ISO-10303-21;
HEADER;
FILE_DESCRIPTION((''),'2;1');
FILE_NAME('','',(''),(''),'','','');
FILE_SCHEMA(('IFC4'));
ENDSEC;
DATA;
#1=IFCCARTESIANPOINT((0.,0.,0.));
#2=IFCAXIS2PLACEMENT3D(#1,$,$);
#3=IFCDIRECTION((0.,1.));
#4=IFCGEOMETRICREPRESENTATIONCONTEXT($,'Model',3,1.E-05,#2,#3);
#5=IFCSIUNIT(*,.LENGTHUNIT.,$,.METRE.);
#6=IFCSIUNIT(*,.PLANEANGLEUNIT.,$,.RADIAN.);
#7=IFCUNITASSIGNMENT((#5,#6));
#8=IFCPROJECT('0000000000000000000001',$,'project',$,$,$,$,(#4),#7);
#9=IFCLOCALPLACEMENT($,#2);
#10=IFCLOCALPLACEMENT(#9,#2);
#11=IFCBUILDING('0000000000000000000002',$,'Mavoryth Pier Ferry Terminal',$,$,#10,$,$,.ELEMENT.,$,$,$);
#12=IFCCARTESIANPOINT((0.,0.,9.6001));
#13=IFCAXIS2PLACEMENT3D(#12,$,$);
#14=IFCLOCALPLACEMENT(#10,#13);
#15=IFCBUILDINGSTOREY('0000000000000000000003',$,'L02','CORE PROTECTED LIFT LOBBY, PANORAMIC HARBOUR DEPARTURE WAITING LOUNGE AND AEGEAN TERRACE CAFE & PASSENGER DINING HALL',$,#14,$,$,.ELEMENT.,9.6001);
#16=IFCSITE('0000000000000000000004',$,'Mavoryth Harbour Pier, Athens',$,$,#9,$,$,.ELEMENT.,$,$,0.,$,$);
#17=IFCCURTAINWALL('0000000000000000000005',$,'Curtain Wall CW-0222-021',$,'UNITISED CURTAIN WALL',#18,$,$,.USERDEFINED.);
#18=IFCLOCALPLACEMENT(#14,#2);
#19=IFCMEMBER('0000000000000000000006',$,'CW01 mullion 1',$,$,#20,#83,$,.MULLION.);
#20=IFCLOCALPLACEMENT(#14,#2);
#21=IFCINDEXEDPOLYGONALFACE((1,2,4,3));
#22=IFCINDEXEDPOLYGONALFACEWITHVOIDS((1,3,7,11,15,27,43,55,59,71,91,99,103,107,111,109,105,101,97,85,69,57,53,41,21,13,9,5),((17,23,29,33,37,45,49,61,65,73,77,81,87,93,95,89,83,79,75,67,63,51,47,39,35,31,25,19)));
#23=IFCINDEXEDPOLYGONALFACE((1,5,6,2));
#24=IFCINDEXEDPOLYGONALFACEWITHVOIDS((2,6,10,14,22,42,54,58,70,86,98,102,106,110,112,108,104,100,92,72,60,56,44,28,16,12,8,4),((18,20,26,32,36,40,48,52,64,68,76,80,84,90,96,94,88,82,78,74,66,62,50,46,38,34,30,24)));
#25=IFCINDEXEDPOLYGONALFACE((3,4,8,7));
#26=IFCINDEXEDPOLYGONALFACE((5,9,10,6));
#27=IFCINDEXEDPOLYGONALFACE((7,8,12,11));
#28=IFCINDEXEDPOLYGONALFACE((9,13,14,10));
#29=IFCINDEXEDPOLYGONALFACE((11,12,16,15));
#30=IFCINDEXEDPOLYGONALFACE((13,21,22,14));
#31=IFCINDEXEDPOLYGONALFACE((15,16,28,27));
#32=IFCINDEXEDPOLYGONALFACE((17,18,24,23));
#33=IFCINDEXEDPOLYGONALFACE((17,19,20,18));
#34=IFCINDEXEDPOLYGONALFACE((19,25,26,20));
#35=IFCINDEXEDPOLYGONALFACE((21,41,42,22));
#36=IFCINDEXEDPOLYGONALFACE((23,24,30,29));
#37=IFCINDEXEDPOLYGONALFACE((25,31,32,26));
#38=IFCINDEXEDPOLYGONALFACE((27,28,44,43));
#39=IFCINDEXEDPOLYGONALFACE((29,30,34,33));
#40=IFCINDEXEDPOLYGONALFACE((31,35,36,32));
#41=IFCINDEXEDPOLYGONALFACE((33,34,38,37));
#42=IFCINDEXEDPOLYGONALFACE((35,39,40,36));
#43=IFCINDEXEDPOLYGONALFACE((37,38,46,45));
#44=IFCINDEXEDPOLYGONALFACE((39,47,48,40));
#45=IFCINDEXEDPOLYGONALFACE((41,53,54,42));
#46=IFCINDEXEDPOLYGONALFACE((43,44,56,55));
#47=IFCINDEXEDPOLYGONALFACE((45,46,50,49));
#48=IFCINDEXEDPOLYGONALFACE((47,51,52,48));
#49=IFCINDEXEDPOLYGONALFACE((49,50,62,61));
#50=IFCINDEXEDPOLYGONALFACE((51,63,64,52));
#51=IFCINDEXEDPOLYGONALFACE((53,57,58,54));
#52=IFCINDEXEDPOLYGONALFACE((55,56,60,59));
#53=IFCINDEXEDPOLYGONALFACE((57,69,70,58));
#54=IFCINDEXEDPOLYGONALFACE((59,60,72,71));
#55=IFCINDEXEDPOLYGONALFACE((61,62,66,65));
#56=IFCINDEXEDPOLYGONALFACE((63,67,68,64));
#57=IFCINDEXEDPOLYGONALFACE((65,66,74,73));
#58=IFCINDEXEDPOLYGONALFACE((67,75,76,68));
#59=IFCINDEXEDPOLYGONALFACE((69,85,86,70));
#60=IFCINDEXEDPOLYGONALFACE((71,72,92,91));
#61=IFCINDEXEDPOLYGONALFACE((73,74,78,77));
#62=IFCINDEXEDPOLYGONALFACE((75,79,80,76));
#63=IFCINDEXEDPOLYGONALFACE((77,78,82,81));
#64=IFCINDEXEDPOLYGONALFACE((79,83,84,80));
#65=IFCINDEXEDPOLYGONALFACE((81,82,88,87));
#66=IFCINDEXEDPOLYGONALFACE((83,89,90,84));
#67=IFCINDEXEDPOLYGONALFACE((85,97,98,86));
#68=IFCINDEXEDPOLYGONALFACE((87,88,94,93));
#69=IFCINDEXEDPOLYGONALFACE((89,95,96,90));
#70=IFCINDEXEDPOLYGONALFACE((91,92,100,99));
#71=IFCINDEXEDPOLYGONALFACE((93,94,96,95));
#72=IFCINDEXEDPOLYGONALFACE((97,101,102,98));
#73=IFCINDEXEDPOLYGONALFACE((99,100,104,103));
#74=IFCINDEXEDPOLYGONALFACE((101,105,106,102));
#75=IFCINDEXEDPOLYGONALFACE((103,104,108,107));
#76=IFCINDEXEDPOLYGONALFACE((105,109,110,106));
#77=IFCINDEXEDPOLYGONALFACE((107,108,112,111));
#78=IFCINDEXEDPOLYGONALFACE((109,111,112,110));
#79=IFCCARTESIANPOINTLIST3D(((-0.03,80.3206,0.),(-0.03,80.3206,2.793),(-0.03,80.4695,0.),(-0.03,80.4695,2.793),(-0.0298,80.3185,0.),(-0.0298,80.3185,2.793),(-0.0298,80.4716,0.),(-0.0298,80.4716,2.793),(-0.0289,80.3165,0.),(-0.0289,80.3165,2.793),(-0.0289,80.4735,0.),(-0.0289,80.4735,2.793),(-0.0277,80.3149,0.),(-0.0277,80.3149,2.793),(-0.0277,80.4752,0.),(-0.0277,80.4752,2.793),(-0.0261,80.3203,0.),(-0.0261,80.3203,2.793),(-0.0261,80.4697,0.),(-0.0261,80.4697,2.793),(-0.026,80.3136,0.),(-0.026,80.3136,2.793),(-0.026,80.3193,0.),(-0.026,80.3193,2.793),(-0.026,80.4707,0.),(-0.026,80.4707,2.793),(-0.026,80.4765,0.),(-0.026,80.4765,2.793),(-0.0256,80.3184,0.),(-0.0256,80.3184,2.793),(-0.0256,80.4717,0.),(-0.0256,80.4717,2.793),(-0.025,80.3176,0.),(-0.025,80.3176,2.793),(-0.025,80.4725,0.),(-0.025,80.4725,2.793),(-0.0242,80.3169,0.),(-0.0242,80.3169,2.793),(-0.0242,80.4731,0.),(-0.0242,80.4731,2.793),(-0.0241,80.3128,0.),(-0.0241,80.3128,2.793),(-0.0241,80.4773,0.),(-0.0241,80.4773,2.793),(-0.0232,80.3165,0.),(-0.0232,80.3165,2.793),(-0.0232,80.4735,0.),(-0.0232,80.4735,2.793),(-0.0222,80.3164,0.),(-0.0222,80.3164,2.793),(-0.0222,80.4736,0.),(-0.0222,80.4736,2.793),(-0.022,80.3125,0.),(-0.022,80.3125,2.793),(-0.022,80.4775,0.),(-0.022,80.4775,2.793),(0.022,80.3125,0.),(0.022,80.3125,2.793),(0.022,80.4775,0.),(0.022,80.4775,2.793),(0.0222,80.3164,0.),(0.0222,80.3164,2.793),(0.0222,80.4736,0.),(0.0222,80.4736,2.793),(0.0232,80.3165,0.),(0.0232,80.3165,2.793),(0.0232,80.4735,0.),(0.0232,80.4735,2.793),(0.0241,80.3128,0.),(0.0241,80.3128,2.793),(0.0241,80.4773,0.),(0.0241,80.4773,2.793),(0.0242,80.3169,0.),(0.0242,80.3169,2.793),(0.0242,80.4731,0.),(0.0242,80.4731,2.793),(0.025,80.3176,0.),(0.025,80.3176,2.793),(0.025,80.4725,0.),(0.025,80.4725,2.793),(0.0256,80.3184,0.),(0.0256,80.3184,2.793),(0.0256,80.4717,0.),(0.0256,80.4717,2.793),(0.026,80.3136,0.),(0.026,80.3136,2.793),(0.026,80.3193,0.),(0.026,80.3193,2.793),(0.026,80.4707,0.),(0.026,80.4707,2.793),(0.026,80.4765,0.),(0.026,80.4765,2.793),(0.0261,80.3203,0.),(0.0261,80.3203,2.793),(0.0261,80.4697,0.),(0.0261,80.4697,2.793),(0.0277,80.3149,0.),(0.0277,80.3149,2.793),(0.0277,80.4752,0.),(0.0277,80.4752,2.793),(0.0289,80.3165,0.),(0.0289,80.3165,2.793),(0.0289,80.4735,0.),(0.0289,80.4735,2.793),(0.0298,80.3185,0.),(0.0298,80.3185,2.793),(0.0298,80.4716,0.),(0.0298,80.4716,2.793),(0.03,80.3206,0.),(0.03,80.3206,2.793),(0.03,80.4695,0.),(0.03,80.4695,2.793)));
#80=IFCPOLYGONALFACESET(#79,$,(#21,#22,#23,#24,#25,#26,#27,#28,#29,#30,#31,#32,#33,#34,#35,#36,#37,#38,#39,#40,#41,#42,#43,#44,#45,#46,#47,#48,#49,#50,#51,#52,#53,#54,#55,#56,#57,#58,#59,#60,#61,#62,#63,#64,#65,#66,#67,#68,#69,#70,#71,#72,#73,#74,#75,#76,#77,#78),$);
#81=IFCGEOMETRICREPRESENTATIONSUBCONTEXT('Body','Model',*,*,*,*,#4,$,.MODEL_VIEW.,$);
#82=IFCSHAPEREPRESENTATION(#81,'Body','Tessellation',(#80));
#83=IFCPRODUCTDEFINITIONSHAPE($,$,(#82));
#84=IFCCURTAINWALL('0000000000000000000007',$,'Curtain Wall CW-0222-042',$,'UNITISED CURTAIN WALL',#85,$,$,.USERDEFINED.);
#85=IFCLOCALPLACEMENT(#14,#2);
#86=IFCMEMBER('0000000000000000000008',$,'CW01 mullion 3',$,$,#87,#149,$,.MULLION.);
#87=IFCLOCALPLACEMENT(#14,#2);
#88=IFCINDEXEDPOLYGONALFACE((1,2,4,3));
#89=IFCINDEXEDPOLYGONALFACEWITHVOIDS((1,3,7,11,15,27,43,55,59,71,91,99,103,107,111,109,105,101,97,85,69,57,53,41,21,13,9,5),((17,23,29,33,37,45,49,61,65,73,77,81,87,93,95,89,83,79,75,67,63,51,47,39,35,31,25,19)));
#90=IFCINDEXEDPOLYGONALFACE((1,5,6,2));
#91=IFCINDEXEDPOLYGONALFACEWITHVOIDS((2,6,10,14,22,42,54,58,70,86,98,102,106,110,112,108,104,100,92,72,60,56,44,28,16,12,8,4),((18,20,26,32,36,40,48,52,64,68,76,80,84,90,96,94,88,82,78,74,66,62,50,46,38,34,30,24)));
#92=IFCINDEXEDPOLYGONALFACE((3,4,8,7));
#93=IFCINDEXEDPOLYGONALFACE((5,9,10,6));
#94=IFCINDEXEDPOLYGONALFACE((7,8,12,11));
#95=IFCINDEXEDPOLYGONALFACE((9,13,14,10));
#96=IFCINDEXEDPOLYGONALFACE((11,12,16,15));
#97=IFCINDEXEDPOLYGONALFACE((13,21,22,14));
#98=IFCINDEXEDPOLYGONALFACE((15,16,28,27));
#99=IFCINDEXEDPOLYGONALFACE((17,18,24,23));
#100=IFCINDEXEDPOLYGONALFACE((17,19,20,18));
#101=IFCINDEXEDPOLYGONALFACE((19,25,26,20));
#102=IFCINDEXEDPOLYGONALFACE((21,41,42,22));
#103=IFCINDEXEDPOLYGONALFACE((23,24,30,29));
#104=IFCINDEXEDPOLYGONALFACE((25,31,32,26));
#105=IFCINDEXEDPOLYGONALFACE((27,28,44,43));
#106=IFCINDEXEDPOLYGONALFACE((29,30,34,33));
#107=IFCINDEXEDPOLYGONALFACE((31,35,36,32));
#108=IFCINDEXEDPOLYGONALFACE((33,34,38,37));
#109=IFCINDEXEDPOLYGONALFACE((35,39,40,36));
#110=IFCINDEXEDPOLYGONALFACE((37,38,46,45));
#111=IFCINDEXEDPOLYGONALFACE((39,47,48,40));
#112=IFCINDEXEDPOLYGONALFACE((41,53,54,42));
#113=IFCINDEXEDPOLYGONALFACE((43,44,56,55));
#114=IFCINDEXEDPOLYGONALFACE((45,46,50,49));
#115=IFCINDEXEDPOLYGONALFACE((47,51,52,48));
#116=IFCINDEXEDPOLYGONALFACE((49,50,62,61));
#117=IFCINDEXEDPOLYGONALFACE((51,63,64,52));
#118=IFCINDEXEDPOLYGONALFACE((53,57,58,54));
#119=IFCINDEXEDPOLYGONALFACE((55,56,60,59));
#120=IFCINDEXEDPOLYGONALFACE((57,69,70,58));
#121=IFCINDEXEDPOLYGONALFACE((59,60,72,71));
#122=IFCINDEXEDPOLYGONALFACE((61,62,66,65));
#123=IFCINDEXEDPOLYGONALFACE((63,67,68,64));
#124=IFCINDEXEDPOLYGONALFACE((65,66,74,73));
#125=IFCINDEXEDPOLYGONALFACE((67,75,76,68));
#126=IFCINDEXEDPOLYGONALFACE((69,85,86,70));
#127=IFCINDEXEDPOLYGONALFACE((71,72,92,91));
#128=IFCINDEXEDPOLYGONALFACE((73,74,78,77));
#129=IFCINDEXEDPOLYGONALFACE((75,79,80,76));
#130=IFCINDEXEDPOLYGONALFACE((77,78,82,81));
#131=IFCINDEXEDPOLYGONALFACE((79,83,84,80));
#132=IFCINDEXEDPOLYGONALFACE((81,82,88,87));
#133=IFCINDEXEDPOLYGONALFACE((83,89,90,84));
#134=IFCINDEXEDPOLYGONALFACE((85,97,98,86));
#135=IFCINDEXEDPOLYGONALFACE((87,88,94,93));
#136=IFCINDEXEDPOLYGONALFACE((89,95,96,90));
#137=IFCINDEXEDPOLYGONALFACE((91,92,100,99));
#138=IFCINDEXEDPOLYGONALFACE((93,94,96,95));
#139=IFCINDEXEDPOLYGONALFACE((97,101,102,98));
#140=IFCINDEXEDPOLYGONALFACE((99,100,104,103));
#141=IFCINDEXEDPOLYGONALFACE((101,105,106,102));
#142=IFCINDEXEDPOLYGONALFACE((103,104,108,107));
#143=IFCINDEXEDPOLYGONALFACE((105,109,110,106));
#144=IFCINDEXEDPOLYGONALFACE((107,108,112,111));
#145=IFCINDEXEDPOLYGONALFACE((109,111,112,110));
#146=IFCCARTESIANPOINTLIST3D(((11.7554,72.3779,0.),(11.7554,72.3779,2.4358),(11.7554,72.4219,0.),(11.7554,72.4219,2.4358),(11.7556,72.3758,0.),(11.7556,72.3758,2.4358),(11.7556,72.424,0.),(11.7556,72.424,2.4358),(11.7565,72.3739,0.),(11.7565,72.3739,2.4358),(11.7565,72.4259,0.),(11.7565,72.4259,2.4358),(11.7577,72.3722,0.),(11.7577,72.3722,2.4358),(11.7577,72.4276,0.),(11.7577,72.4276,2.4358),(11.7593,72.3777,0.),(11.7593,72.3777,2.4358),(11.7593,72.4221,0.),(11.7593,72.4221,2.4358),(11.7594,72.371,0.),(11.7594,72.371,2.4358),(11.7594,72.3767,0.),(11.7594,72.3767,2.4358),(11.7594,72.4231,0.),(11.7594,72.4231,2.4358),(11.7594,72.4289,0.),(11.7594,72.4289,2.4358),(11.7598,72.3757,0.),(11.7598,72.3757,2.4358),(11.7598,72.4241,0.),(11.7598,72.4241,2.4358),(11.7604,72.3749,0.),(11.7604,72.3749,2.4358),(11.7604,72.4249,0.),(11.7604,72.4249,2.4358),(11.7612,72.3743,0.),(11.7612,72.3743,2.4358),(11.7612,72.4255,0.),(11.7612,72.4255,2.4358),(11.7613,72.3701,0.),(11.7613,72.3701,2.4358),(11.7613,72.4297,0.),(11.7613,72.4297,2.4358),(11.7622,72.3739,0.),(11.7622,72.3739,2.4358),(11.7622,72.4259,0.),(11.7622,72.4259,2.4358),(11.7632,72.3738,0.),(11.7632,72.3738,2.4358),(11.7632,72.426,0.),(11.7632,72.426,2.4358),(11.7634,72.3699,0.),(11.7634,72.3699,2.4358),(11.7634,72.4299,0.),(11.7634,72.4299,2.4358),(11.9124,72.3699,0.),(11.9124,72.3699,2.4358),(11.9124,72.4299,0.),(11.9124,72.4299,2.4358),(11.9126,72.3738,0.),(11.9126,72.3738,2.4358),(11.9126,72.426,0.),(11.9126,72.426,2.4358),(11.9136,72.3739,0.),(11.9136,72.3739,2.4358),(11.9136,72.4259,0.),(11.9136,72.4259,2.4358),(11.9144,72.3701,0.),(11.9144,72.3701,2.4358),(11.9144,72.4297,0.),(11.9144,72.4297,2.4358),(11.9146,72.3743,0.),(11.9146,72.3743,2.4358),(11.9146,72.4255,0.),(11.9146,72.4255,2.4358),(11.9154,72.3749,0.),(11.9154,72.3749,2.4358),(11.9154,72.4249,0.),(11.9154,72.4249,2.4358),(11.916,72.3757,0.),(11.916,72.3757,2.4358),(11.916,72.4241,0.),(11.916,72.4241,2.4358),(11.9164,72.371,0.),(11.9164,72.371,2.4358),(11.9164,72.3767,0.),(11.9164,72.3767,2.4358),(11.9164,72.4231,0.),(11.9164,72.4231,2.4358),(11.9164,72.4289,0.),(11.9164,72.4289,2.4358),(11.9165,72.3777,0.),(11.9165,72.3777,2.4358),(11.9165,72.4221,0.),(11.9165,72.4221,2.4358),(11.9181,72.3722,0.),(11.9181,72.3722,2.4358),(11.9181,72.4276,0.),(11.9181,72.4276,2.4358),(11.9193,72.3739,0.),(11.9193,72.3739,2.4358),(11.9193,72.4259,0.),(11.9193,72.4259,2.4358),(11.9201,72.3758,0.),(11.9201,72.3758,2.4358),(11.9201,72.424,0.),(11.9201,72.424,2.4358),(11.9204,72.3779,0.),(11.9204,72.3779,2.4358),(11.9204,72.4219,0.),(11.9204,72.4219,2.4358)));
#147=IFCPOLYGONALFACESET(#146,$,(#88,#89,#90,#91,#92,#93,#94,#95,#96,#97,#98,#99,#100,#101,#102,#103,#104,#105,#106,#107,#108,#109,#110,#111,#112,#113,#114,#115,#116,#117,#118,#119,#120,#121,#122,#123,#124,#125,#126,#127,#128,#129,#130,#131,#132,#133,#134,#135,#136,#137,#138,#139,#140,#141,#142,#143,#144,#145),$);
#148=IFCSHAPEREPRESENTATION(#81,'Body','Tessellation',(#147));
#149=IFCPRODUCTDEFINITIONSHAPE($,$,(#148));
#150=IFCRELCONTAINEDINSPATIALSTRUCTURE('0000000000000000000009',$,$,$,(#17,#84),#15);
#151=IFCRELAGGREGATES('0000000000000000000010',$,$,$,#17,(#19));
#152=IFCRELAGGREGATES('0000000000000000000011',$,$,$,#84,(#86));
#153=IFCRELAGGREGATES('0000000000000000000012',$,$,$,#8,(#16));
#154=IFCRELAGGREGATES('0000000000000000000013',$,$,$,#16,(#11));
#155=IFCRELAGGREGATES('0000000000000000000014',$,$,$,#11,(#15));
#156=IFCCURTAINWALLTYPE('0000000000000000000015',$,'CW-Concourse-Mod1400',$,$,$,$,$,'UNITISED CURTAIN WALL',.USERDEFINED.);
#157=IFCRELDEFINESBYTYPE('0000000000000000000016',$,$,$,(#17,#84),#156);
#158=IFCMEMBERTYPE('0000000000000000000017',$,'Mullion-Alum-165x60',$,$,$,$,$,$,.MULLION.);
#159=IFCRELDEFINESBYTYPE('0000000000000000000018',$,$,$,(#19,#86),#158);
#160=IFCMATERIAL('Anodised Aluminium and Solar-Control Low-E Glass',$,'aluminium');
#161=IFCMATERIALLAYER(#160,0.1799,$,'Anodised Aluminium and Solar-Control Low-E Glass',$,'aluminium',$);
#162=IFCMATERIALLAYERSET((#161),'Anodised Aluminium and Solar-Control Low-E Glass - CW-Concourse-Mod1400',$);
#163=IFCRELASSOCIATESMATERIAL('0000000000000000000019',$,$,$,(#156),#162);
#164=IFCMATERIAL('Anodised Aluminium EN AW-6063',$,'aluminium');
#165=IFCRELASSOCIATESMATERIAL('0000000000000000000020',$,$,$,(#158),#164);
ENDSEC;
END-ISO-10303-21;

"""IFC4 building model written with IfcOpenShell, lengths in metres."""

from ifc_helpers import new_model, si_unit, direction, frame, origin, origin_2d, place, context, subcontext, project, spatial, hollow_rectangle, extrude, material, layer, layer_set, material_profile, profile_set, type_object, element, aggregate, save


model = new_model("IFC4")

# Units and contexts
model_context = context("Model", 3, precision=1e-05, world=origin(), true_north=direction((0.0, 1.0)))
body_context = subcontext(model_context, "Body", "Model", "MODEL_VIEW")
ifc_project = project(units=[si_unit("LENGTHUNIT", "METRE"), si_unit("PLANEANGLEUNIT", "RADIAN")], contexts=[model_context])

# Site, building, storey
site_placement = place(None, origin())
site = spatial("IfcSite", under=ifc_project, at=site_placement, Name="Mavoryth Harbour Pier, Athens", CompositionType="ELEMENT", RefElevation=0.0)
building_placement = place(site_placement, origin())
building = spatial("IfcBuilding", under=site, at=building_placement, Name="Mavoryth Pier Ferry Terminal", CompositionType="ELEMENT")
storey_placement = place(building_placement, frame((0.0, 0.0, 9.6001)))
storey = spatial("IfcBuildingStorey", under=building, at=storey_placement, Name="L02", Description="CORE PROTECTED LIFT LOBBY, PANORAMIC HARBOUR DEPARTURE WAITING LOUNGE AND AEGEAN TERRACE CAFE & PASSENGER DINING HALL", CompositionType="ELEMENT", Elevation=9.6001)

# Curtain wall, member
ifc_material_1 = material(Name="Anodised Aluminium and Solar-Control Low-E Glass", Category="aluminium")
ifc_layer_1 = layer(ifc_material_1, 0.1799, Name="Anodised Aluminium and Solar-Control Low-E Glass", Category="aluminium")
ifc_layer_set_1 = layer_set([ifc_layer_1], Name="Anodised Aluminium and Solar-Control Low-E Glass - CW-Concourse-Mod1400")
curtain_wall_type = type_object("IfcCurtainWallType", Name="CW-Concourse-Mod1400", ElementType="UNITISED CURTAIN WALL", PredefinedType="USERDEFINED", material=ifc_layer_set_1)
curtain_wall_1_placement = place(storey_placement, origin())
curtain_wall_1 = element("IfcCurtainWall", 1, at=curtain_wall_1_placement, inside=storey, type_object=curtain_wall_type, Name="Curtain Wall CW-0222-021", ObjectType="UNITISED CURTAIN WALL", PredefinedType="USERDEFINED")
ifc_material_2 = material(Name="Anodised Aluminium EN AW-6063", Category="aluminium")
ifc_material_profile_1 = material_profile(ifc_material_2, hollow_rectangle(XDim=0.0601, YDim=0.165, WallThickness=0.0039, InnerFilletRadius=0.0039, OuterFilletRadius=0.0081, at=origin_2d()), Name="AL-MULL 165x60x4", Category="aluminium")
ifc_profile_set_1 = profile_set([ifc_material_profile_1], Name="Anodised Aluminium EN AW-6063 - AL-MULL 165x60x4")
member_type_1 = type_object("IfcMemberType", Name="Mullion-Alum-165x60", PredefinedType="MULLION", material=ifc_profile_set_1)
member_1_placement = place(storey_placement, frame((0.0, 80.395, 0.0), z_axis=(0.0, 0.0, 1.0), x_axis=(1.0, 0.0, 0.0)))
member_1 = element("IfcMember", 2, at=member_1_placement, type_object=member_type_1, Name="CW01 mullion 1", PredefinedType="MULLION", context=body_context, shape_type="SweptSolid", body=[
    extrude(hollow_rectangle(XDim=0.0601, YDim=0.165, WallThickness=0.0039, InnerFilletRadius=0.0039, OuterFilletRadius=0.0081, at=origin_2d()), origin(), (0.0, 0.0, 1.0), 2.793),
])

# Curtain wall, member
curtain_wall_2_placement = place(storey_placement, origin())
curtain_wall_2 = element("IfcCurtainWall", 3, at=curtain_wall_2_placement, inside=storey, type_object=curtain_wall_type, Name="Curtain Wall CW-0222-042", ObjectType="UNITISED CURTAIN WALL", PredefinedType="USERDEFINED")
member_2_placement = place(storey_placement, frame((11.8379, 72.3999, 0.0), z_axis=(0.0, 0.0, 1.0), x_axis=(0.0, 1.0, 0.0)))
member_2 = element("IfcMember", 4, at=member_2_placement, type_object=member_type_1, Name="CW01 mullion 3", PredefinedType="MULLION", context=body_context, shape_type="SweptSolid", body=[
    extrude(hollow_rectangle(XDim=0.0601, YDim=0.165, WallThickness=0.0039, InnerFilletRadius=0.0039, OuterFilletRadius=0.0081, at=origin_2d()), origin(), (0.0, 0.0, 1.0), 2.4358),
])

aggregate(curtain_wall_1, [member_1])

aggregate(curtain_wall_2, [member_2])

save(model, "model.ifc")
